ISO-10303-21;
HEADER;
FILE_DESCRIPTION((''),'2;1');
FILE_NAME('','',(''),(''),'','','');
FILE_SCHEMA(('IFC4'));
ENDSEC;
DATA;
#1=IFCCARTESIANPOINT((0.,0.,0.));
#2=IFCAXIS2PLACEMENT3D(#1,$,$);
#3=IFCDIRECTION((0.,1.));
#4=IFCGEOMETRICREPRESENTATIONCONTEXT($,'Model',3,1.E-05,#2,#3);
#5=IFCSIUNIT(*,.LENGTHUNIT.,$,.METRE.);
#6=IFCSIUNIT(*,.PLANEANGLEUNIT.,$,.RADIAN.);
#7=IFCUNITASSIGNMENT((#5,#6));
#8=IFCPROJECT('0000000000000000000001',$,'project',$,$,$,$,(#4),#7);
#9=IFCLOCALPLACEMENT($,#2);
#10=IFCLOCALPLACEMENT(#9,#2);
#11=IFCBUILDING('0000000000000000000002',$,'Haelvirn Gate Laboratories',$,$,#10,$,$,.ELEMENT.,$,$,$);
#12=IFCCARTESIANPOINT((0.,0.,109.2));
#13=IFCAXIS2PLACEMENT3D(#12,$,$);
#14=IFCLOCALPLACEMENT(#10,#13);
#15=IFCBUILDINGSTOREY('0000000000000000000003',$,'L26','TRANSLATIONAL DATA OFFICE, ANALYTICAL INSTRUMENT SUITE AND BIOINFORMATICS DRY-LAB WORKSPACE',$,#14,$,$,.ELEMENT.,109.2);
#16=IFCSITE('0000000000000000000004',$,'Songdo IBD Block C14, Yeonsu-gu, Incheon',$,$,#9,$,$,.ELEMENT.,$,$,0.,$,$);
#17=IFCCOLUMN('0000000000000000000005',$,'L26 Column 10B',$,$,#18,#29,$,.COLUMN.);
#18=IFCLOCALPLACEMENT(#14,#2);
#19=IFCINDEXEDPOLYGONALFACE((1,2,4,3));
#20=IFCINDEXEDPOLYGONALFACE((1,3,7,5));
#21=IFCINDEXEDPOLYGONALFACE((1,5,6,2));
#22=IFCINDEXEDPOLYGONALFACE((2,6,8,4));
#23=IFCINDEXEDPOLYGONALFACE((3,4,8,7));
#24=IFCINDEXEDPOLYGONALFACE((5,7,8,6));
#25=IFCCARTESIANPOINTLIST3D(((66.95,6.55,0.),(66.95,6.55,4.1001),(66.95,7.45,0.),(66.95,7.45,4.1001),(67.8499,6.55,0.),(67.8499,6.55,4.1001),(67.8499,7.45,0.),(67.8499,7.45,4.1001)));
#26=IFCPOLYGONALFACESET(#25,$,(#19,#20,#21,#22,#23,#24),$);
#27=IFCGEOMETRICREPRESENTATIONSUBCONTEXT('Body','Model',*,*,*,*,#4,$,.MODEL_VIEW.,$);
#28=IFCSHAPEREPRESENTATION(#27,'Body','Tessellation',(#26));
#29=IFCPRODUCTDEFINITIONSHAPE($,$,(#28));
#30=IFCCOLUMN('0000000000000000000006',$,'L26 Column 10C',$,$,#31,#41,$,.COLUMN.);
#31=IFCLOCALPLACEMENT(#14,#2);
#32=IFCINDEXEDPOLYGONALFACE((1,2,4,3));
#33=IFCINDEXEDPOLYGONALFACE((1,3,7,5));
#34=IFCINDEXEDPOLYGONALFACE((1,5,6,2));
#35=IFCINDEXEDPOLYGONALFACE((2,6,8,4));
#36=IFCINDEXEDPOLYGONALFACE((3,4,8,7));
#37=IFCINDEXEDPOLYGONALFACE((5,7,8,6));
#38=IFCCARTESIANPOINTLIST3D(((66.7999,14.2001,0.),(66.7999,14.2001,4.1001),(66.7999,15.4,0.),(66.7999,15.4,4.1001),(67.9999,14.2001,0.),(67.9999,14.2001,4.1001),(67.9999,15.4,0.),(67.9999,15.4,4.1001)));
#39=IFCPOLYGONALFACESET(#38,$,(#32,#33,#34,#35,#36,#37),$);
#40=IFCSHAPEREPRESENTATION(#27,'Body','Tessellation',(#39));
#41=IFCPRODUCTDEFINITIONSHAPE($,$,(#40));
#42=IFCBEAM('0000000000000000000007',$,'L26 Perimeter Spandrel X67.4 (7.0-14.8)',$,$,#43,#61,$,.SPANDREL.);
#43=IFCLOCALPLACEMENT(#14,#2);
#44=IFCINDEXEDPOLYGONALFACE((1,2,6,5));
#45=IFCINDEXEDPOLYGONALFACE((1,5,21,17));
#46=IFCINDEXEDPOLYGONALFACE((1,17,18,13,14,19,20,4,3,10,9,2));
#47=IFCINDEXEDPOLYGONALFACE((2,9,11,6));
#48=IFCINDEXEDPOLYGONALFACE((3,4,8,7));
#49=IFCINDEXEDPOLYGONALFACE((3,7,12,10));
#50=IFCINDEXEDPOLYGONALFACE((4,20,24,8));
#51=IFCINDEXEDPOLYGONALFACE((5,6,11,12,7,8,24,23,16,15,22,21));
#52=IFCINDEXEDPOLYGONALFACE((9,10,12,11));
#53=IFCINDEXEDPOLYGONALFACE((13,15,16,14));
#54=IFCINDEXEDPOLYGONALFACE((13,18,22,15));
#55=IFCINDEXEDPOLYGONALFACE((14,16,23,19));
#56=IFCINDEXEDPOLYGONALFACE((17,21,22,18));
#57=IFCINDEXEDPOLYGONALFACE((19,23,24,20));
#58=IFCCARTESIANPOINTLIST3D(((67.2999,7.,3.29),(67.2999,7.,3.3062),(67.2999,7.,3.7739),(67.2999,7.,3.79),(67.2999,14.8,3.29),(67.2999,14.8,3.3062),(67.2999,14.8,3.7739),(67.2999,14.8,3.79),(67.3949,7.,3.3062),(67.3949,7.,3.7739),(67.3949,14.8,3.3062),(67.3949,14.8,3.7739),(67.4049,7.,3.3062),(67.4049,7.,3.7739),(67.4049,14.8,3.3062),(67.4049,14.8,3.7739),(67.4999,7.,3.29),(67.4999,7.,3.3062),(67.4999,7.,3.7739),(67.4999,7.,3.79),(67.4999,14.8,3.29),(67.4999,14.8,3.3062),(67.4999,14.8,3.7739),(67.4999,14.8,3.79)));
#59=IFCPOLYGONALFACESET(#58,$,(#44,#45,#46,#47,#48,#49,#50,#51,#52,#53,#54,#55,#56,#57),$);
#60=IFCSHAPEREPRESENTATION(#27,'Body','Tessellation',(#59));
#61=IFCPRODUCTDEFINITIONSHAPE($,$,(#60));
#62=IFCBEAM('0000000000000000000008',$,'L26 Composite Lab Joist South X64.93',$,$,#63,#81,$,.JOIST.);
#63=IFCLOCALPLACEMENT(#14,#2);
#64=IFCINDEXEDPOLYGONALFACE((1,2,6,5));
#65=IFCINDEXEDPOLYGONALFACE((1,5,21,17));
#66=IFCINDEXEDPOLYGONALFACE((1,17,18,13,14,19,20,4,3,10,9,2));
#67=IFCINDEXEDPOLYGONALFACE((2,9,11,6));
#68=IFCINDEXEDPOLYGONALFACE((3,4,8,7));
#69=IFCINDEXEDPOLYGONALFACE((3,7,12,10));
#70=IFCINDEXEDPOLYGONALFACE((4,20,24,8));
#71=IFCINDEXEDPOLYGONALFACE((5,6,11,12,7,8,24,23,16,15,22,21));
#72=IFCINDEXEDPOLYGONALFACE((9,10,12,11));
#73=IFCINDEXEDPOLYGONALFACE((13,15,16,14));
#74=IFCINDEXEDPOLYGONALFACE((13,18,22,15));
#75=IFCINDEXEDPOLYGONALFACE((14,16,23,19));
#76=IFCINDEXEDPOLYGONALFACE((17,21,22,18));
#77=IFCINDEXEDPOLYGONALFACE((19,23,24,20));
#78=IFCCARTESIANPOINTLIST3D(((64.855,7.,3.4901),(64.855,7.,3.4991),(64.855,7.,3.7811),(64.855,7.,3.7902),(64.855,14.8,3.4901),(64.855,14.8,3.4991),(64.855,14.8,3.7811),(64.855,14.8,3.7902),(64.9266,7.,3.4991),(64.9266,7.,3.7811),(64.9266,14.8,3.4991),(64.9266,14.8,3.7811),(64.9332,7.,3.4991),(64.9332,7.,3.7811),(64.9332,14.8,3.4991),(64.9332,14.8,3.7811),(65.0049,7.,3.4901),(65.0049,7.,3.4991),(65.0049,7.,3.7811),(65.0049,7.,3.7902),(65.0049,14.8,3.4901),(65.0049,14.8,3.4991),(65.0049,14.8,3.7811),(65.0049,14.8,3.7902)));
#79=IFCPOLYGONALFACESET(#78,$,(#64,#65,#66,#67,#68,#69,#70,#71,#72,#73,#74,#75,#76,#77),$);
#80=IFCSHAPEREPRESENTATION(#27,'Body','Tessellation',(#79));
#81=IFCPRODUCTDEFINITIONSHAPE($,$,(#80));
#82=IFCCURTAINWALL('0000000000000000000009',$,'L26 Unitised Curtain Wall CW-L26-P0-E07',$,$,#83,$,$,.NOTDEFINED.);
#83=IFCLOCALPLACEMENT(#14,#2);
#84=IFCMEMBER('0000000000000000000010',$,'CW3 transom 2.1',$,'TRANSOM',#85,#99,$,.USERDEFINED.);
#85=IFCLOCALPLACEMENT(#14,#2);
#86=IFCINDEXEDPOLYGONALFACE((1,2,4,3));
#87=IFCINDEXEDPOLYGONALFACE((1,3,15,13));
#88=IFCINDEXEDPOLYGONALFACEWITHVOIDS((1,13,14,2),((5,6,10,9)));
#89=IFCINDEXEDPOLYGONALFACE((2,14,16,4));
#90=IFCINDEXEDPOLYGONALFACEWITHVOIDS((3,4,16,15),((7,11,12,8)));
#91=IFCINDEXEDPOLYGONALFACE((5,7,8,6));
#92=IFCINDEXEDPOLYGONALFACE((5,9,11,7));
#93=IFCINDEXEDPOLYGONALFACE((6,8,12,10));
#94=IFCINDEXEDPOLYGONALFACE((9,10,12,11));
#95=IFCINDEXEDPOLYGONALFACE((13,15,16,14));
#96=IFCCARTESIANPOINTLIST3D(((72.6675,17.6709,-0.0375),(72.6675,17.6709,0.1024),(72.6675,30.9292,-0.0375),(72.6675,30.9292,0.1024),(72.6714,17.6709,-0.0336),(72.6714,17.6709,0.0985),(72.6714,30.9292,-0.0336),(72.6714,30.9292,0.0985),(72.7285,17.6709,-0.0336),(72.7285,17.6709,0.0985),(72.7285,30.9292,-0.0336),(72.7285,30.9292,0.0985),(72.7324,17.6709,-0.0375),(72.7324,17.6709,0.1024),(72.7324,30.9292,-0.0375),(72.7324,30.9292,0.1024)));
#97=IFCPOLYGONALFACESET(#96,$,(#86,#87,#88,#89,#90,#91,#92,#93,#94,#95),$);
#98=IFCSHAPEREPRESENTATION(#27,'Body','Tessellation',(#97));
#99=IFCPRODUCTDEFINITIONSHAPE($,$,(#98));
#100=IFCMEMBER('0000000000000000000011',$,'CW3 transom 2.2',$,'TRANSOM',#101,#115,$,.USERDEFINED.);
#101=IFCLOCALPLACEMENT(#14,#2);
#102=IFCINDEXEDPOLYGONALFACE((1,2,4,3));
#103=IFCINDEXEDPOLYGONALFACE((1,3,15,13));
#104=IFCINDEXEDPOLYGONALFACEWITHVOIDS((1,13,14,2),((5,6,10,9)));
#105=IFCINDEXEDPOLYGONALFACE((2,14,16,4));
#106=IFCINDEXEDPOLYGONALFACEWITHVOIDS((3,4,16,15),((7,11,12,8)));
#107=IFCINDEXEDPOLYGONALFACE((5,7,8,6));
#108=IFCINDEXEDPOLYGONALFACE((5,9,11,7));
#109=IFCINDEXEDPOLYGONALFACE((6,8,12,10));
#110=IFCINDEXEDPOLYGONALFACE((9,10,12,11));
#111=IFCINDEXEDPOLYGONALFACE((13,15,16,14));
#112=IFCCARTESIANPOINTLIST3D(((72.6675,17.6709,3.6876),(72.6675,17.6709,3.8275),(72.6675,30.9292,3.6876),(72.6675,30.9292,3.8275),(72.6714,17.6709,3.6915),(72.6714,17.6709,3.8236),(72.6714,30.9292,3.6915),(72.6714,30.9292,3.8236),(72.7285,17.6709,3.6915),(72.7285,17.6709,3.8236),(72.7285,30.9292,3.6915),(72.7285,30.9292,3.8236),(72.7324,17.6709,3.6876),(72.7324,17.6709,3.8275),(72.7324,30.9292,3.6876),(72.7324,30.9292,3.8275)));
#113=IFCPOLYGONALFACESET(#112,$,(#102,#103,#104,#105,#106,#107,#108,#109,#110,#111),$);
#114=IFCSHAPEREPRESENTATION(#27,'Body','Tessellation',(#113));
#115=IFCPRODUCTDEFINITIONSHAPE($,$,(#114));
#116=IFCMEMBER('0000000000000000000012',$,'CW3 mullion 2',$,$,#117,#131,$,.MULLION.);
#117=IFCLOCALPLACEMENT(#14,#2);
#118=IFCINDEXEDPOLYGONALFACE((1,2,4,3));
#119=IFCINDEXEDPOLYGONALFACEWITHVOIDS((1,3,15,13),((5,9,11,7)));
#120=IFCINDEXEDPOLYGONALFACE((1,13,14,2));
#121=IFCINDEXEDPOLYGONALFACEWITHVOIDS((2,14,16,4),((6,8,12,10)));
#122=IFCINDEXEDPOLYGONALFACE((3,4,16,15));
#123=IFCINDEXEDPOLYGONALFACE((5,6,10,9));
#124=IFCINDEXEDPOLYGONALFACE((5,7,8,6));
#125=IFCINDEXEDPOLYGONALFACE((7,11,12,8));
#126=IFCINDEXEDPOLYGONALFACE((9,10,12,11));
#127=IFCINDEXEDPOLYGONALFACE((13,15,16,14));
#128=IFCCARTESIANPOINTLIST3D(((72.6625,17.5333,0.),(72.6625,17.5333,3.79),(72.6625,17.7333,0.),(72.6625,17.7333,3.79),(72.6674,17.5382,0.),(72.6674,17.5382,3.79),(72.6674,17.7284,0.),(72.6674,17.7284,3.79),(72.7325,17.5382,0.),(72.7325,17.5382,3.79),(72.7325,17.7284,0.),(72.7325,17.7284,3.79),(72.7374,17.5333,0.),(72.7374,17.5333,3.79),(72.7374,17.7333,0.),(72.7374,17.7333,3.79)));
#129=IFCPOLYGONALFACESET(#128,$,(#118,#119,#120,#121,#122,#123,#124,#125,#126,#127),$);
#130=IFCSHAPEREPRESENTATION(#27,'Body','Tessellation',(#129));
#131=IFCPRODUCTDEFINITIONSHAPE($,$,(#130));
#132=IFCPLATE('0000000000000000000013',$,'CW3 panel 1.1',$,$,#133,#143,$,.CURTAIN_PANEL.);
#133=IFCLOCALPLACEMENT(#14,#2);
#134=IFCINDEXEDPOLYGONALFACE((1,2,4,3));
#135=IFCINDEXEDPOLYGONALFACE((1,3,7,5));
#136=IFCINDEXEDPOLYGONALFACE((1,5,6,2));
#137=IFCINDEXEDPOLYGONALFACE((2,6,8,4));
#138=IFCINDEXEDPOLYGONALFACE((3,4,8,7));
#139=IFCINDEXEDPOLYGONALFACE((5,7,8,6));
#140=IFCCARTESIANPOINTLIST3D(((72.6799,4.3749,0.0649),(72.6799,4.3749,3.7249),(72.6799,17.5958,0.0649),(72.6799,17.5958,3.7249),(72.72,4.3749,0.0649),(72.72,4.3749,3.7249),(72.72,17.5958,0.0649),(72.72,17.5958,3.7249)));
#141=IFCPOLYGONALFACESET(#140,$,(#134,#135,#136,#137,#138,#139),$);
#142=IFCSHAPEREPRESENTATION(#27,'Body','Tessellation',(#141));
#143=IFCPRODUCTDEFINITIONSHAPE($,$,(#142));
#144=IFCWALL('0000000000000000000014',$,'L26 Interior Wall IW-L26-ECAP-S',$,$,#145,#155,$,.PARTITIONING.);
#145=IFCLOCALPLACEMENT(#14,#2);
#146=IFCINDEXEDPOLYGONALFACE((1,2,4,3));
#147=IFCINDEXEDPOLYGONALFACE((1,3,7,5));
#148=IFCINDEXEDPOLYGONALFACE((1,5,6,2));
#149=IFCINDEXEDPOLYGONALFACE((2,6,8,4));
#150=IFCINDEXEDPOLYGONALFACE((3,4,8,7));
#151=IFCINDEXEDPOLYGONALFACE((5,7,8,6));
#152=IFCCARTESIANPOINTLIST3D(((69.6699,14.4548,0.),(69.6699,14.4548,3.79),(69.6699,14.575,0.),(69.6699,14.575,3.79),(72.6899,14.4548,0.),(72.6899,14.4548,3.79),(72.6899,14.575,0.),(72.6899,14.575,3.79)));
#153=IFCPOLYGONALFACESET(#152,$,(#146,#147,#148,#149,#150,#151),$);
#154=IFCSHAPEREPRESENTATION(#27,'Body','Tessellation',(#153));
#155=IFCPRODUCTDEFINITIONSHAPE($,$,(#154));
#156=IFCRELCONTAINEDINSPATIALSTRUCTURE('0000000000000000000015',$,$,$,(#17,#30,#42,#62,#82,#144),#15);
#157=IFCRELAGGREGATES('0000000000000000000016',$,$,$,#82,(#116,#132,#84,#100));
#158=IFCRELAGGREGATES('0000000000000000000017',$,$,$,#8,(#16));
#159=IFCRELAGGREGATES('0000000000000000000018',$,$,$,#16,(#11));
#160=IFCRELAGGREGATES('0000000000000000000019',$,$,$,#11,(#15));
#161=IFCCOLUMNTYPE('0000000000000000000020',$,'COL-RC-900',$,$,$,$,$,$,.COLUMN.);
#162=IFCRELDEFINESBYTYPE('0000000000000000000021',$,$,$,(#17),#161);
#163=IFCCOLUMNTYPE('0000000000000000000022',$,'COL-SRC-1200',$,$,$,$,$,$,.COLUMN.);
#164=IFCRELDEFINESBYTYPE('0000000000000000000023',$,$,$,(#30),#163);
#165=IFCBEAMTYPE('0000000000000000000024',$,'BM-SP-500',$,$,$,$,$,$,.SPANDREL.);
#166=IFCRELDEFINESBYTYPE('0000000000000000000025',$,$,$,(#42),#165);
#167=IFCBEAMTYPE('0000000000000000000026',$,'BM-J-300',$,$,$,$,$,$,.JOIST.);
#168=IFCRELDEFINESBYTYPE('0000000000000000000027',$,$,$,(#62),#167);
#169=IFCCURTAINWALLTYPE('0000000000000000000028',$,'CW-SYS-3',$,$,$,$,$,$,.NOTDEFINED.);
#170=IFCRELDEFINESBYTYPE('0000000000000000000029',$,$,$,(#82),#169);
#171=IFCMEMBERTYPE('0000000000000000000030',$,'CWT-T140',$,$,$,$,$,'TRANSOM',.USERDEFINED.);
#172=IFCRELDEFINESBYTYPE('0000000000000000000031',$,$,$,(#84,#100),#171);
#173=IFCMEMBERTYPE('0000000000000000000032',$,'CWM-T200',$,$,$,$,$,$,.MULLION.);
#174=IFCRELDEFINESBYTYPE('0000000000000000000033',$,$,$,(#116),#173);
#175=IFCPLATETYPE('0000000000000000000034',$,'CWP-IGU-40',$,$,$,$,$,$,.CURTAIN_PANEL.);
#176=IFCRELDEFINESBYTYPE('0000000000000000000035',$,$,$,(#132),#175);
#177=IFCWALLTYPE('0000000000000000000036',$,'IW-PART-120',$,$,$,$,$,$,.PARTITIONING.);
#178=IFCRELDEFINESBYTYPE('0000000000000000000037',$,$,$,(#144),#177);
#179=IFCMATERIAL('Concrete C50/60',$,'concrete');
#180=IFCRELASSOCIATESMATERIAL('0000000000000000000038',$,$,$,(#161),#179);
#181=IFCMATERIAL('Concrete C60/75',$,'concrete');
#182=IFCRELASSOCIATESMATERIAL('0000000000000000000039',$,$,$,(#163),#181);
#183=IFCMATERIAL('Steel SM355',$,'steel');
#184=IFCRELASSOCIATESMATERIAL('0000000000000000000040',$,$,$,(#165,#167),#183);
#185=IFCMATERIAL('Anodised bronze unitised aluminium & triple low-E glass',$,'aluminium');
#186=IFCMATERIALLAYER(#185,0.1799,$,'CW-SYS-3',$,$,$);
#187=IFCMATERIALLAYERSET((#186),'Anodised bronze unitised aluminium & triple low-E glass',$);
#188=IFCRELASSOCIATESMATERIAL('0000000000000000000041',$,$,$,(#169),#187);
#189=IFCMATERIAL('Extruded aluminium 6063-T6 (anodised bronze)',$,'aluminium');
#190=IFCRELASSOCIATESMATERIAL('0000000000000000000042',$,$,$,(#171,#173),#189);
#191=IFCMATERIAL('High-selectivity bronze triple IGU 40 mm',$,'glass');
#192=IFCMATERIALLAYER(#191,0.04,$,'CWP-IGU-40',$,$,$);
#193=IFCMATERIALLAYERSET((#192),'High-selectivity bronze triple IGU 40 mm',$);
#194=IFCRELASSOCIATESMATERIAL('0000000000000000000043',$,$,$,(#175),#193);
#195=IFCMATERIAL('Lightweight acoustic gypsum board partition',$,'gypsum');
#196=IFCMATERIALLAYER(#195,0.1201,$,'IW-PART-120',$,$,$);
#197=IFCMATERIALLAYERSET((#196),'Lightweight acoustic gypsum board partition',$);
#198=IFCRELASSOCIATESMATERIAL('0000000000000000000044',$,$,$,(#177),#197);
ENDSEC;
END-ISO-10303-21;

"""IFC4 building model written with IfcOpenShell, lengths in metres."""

from ifc_helpers import new_model, si_unit, direction, frame, frame_2d, origin, origin_2d, place, context, subcontext, project, spatial, rectangle, hollow_rectangle, i_section, extrude, source, transform, mapped, material, layer, layer_set, material_profile, profile_set, type_object, type_shapes, element, aggregate, save


model = new_model("IFC4")

# Units and contexts
model_context = context("Model", 3, precision=1e-05, world=origin(), true_north=direction((0.0, 1.0)))
body_context = subcontext(model_context, "Body", "Model", "MODEL_VIEW")
ifc_project = project(units=[si_unit("LENGTHUNIT", "METRE"), si_unit("PLANEANGLEUNIT", "RADIAN")], contexts=[model_context])

# Site, building, storey
site_placement = place(None, origin())
site = spatial("IfcSite", under=ifc_project, at=site_placement, Name="Songdo IBD Block C14, Yeonsu-gu, Incheon", CompositionType="ELEMENT", RefElevation=0.0)
building_placement = place(site_placement, origin())
building = spatial("IfcBuilding", under=site, at=building_placement, Name="Haelvirn Gate Laboratories", CompositionType="ELEMENT")
storey_placement = place(building_placement, frame((0.0, 0.0, 109.2)))
storey = spatial("IfcBuildingStorey", under=building, at=storey_placement, Name="L26", Description="TRANSLATIONAL DATA OFFICE, ANALYTICAL INSTRUMENT SUITE AND BIOINFORMATICS DRY-LAB WORKSPACE", CompositionType="ELEMENT", Elevation=109.2)

# Columns
ifc_material_1 = material(Name="Concrete C50/60", Category="concrete")
ifc_material_profile_1 = material_profile(ifc_material_1, rectangle(XDim=0.8999, YDim=0.8999, at=origin_2d()), Name="RC-900x900")
ifc_profile_set_1 = profile_set([ifc_material_profile_1], Name="Concrete C50/60")
column_type_1 = type_object("IfcColumnType", Name="COL-RC-900", PredefinedType="COLUMN", material=ifc_profile_set_1)
shared_shape_1 = source(origin(), body_context, "Body", "SweptSolid", [
    extrude(rectangle(XDim=0.8999, YDim=0.8999, at=origin_2d()), origin(), (0.0, 0.0, 1.0), 4.1001),
])
type_shapes(column_type_1, [shared_shape_1])
column_1_placement = place(storey_placement, frame((67.3999, 7.0, 0.0), z_axis=(0.0, 0.0, 1.0), x_axis=(1.0, 0.0, 0.0)))
element("IfcColumn", 1, at=column_1_placement, inside=storey, type_object=column_type_1, Name="L26 Column 10B", PredefinedType="COLUMN", context=body_context, shape_type="MappedRepresentation", body=[
    mapped(shared_shape_1, transform((0.0, 0.0, 0.0), scale=1.0)),
])
ifc_material_2 = material(Name="Concrete C60/75", Category="concrete")
ifc_material_profile_2 = material_profile(ifc_material_2, rectangle(XDim=1.2, YDim=1.2, at=origin_2d()), Name="SRC-1200x1200")
ifc_profile_set_2 = profile_set([ifc_material_profile_2], Name="Concrete C60/75")
column_type_2 = type_object("IfcColumnType", Name="COL-SRC-1200", PredefinedType="COLUMN", material=ifc_profile_set_2)
shared_shape_2 = source(origin(), body_context, "Body", "SweptSolid", [
    extrude(rectangle(XDim=1.2, YDim=1.2, at=origin_2d()), origin(), (0.0, 0.0, 1.0), 4.1001),
])
type_shapes(column_type_2, [shared_shape_2])
column_2_placement = place(storey_placement, frame((67.3999, 14.8, 0.0), z_axis=(0.0, 0.0, 1.0), x_axis=(1.0, 0.0, 0.0)))
element("IfcColumn", 2, at=column_2_placement, inside=storey, type_object=column_type_2, Name="L26 Column 10C", PredefinedType="COLUMN", context=body_context, shape_type="MappedRepresentation", body=[
    mapped(shared_shape_2, transform((0.0, 0.0, 0.0), scale=1.0)),
])

# Beams
ifc_material_3 = material(Name="Steel SM355", Category="steel")
ifc_material_profile_3 = material_profile(ifc_material_3, i_section(OverallWidth=0.2, OverallDepth=0.5, WebThickness=0.01, FlangeThickness=0.0161, at=origin_2d()), Name="H-500x200x10x16")
ifc_profile_set_3 = profile_set([ifc_material_profile_3], Name="Steel SM355")
beam_type_1 = type_object("IfcBeamType", Name="BM-SP-500", PredefinedType="SPANDREL", material=ifc_profile_set_3)
shared_shape_3 = source(origin(), body_context, "Body", "SweptSolid", [
    extrude(i_section(OverallWidth=0.2, OverallDepth=0.5, WebThickness=0.01, FlangeThickness=0.0161, at=origin_2d()), origin(), (0.0, 0.0, 1.0), 7.8),
])
type_shapes(beam_type_1, [shared_shape_3])
beam_1_placement = place(storey_placement, frame((67.3999, 7.0, 3.54), z_axis=(0.0, 1.0, 0.0), x_axis=(-1.0, 0.0, 0.0)))
element("IfcBeam", 3, at=beam_1_placement, inside=storey, type_object=beam_type_1, Name="L26 Perimeter Spandrel X67.4 (7.0-14.8)", PredefinedType="SPANDREL", context=body_context, shape_type="MappedRepresentation", body=[
    mapped(shared_shape_3, transform((0.0, 0.0, 0.0), scale=1.0)),
])
ifc_material_profile_4 = material_profile(ifc_material_3, i_section(OverallWidth=0.1499, OverallDepth=0.3, WebThickness=0.0066, FlangeThickness=0.009, at=origin_2d()), Name="H-300x150x6.5x9")
ifc_profile_set_4 = profile_set([ifc_material_profile_4], Name="Steel SM355")
beam_type_2 = type_object("IfcBeamType", Name="BM-J-300", PredefinedType="JOIST", material=ifc_profile_set_4)
shared_shape_4 = source(origin(), body_context, "Body", "SweptSolid", [
    extrude(i_section(OverallWidth=0.1499, OverallDepth=0.3, WebThickness=0.0066, FlangeThickness=0.009, at=origin_2d()), origin(), (0.0, 0.0, 1.0), 7.8),
])
type_shapes(beam_type_2, [shared_shape_4])
beam_2_placement = place(storey_placement, frame((64.9299, 7.0, 3.6401), z_axis=(0.0, 1.0, 0.0), x_axis=(-1.0, 0.0, 0.0)))
element("IfcBeam", 4, at=beam_2_placement, inside=storey, type_object=beam_type_2, Name="L26 Composite Lab Joist South X64.93", PredefinedType="JOIST", context=body_context, shape_type="MappedRepresentation", body=[
    mapped(shared_shape_4, transform((0.0, 0.0, 0.0), scale=1.0)),
])

# Curtain wall, members, plate
ifc_material_4 = material(Name="Anodised bronze unitised aluminium & triple low-E glass", Category="aluminium")
ifc_layer_1 = layer(ifc_material_4, 0.1799, Name="CW-SYS-3")
ifc_layer_set_1 = layer_set([ifc_layer_1], Name="Anodised bronze unitised aluminium & triple low-E glass")
curtain_wall_type = type_object("IfcCurtainWallType", Name="CW-SYS-3", PredefinedType="NOTDEFINED", material=ifc_layer_set_1)
curtain_wall_placement = place(storey_placement, origin())
curtain_wall = element("IfcCurtainWall", 5, at=curtain_wall_placement, inside=storey, type_object=curtain_wall_type, Name="L26 Unitised Curtain Wall CW-L26-P0-E07", PredefinedType="NOTDEFINED")
ifc_material_5 = material(Name="Extruded aluminium 6063-T6 (anodised bronze)", Category="aluminium")
ifc_material_profile_5 = material_profile(ifc_material_5, hollow_rectangle(XDim=0.0649, YDim=0.1399, WallThickness=0.0039, at=origin_2d()), Name="CWT-140x65x4")
ifc_profile_set_5 = profile_set([ifc_material_profile_5], Name="Extruded aluminium 6063-T6 (anodised bronze)")
member_type_1 = type_object("IfcMemberType", Name="CWT-T140", ElementType="TRANSOM", PredefinedType="USERDEFINED", material=ifc_profile_set_5)
shared_shape_5 = source(origin(), body_context, "Body", "SweptSolid", [
    extrude(hollow_rectangle(XDim=0.0649, YDim=0.1399, WallThickness=0.0039, at=origin_2d()), origin(), (0.0, 0.0, 1.0), 13.2583),
])
type_shapes(member_type_1, [shared_shape_5])
member_1_placement = place(storey_placement, frame((72.7, 17.6709, 0.0325), z_axis=(0.0, 1.0, 0.0), x_axis=(-1.0, 0.0, 0.0)))
member_1 = element("IfcMember", 6, at=member_1_placement, type_object=member_type_1, Name="CW3 transom 2.1", ObjectType="TRANSOM", PredefinedType="USERDEFINED", context=body_context, shape_type="MappedRepresentation", body=[
    mapped(shared_shape_5, transform((0.0, 0.0, 0.0), scale=1.0)),
])
member_2_placement = place(storey_placement, frame((72.7, 17.6709, 3.7576), z_axis=(0.0, 1.0, 0.0), x_axis=(-1.0, 0.0, 0.0)))
member_2 = element("IfcMember", 7, at=member_2_placement, type_object=member_type_1, Name="CW3 transom 2.2", ObjectType="TRANSOM", PredefinedType="USERDEFINED", context=body_context, shape_type="MappedRepresentation", body=[
    mapped(shared_shape_5, transform((0.0, 0.0, 0.0), scale=1.0)),
])
ifc_material_profile_6 = material_profile(ifc_material_5, hollow_rectangle(XDim=0.075, YDim=0.2, WallThickness=0.0049, at=origin_2d()), Name="CWM-200x75x5")
ifc_profile_set_6 = profile_set([ifc_material_profile_6], Name="Extruded aluminium 6063-T6 (anodised bronze)")
member_type_2 = type_object("IfcMemberType", Name="CWM-T200", PredefinedType="MULLION", material=ifc_profile_set_6)
shared_shape_6 = source(origin(), body_context, "Body", "SweptSolid", [
    extrude(hollow_rectangle(XDim=0.075, YDim=0.2, WallThickness=0.0049, at=origin_2d()), origin(), (0.0, 0.0, 1.0), 3.79),
])
type_shapes(member_type_2, [shared_shape_6])
member_3_placement = place(storey_placement, frame((72.7, 17.6333, 0.0), z_axis=(0.0, 0.0, 1.0), x_axis=(-1.0, 0.0, 0.0)))
member_3 = element("IfcMember", 8, at=member_3_placement, type_object=member_type_2, Name="CW3 mullion 2", PredefinedType="MULLION", context=body_context, shape_type="MappedRepresentation", body=[
    mapped(shared_shape_6, transform((0.0, 0.0, 0.0), scale=1.0)),
])
ifc_material_6 = material(Name="High-selectivity bronze triple IGU 40 mm", Category="glass")
ifc_layer_2 = layer(ifc_material_6, 0.04, Name="CWP-IGU-40")
ifc_layer_set_2 = layer_set([ifc_layer_2], Name="High-selectivity bronze triple IGU 40 mm")
plate_type = type_object("IfcPlateType", Name="CWP-IGU-40", PredefinedType="CURTAIN_PANEL", material=ifc_layer_set_2)
shared_shape_7 = source(origin(), body_context, "Body", "SweptSolid", [
    extrude(rectangle(XDim=13.2209, YDim=0.04, at=origin_2d()), origin(), (0.0, 0.0, 1.0), 3.6599),
])
type_shapes(plate_type, [shared_shape_7])
plate_placement = place(storey_placement, frame((72.7, 10.9854, 0.0649), z_axis=(0.0, 0.0, 1.0), x_axis=(0.0, 1.0, 0.0)))
plate = element("IfcPlate", 9, at=plate_placement, type_object=plate_type, Name="CW3 panel 1.1", PredefinedType="CURTAIN_PANEL", context=body_context, shape_type="MappedRepresentation", body=[
    mapped(shared_shape_7, transform((0.0, 0.0, 0.0), scale=1.0)),
])
aggregate(curtain_wall, [member_3, plate, member_1, member_2])

# Wall
ifc_material_7 = material(Name="Lightweight acoustic gypsum board partition", Category="gypsum")
ifc_layer_3 = layer(ifc_material_7, 0.1201, Name="IW-PART-120")
ifc_layer_set_3 = layer_set([ifc_layer_3], Name="Lightweight acoustic gypsum board partition")
wall_type_1 = type_object("IfcWallType", Name="IW-PART-120", PredefinedType="PARTITIONING", material=ifc_layer_set_3)
wall_1_placement = place(storey_placement, frame((69.6699, 14.5149, 0.0), z_axis=(0.0, 0.0, 1.0), x_axis=(1.0, 0.0, 0.0)))
element("IfcWall", 10, at=wall_1_placement, inside=storey, type_object=wall_type_1, Name="L26 Interior Wall IW-L26-ECAP-S", PredefinedType="PARTITIONING", context=body_context, shape_type="SweptSolid", body=[
    extrude(rectangle(XDim=3.02, YDim=0.1201, at=frame_2d((1.51, 0.0))), origin(), (0.0, 0.0, 1.0), 3.79),
])

save(model, "model.ifc")
